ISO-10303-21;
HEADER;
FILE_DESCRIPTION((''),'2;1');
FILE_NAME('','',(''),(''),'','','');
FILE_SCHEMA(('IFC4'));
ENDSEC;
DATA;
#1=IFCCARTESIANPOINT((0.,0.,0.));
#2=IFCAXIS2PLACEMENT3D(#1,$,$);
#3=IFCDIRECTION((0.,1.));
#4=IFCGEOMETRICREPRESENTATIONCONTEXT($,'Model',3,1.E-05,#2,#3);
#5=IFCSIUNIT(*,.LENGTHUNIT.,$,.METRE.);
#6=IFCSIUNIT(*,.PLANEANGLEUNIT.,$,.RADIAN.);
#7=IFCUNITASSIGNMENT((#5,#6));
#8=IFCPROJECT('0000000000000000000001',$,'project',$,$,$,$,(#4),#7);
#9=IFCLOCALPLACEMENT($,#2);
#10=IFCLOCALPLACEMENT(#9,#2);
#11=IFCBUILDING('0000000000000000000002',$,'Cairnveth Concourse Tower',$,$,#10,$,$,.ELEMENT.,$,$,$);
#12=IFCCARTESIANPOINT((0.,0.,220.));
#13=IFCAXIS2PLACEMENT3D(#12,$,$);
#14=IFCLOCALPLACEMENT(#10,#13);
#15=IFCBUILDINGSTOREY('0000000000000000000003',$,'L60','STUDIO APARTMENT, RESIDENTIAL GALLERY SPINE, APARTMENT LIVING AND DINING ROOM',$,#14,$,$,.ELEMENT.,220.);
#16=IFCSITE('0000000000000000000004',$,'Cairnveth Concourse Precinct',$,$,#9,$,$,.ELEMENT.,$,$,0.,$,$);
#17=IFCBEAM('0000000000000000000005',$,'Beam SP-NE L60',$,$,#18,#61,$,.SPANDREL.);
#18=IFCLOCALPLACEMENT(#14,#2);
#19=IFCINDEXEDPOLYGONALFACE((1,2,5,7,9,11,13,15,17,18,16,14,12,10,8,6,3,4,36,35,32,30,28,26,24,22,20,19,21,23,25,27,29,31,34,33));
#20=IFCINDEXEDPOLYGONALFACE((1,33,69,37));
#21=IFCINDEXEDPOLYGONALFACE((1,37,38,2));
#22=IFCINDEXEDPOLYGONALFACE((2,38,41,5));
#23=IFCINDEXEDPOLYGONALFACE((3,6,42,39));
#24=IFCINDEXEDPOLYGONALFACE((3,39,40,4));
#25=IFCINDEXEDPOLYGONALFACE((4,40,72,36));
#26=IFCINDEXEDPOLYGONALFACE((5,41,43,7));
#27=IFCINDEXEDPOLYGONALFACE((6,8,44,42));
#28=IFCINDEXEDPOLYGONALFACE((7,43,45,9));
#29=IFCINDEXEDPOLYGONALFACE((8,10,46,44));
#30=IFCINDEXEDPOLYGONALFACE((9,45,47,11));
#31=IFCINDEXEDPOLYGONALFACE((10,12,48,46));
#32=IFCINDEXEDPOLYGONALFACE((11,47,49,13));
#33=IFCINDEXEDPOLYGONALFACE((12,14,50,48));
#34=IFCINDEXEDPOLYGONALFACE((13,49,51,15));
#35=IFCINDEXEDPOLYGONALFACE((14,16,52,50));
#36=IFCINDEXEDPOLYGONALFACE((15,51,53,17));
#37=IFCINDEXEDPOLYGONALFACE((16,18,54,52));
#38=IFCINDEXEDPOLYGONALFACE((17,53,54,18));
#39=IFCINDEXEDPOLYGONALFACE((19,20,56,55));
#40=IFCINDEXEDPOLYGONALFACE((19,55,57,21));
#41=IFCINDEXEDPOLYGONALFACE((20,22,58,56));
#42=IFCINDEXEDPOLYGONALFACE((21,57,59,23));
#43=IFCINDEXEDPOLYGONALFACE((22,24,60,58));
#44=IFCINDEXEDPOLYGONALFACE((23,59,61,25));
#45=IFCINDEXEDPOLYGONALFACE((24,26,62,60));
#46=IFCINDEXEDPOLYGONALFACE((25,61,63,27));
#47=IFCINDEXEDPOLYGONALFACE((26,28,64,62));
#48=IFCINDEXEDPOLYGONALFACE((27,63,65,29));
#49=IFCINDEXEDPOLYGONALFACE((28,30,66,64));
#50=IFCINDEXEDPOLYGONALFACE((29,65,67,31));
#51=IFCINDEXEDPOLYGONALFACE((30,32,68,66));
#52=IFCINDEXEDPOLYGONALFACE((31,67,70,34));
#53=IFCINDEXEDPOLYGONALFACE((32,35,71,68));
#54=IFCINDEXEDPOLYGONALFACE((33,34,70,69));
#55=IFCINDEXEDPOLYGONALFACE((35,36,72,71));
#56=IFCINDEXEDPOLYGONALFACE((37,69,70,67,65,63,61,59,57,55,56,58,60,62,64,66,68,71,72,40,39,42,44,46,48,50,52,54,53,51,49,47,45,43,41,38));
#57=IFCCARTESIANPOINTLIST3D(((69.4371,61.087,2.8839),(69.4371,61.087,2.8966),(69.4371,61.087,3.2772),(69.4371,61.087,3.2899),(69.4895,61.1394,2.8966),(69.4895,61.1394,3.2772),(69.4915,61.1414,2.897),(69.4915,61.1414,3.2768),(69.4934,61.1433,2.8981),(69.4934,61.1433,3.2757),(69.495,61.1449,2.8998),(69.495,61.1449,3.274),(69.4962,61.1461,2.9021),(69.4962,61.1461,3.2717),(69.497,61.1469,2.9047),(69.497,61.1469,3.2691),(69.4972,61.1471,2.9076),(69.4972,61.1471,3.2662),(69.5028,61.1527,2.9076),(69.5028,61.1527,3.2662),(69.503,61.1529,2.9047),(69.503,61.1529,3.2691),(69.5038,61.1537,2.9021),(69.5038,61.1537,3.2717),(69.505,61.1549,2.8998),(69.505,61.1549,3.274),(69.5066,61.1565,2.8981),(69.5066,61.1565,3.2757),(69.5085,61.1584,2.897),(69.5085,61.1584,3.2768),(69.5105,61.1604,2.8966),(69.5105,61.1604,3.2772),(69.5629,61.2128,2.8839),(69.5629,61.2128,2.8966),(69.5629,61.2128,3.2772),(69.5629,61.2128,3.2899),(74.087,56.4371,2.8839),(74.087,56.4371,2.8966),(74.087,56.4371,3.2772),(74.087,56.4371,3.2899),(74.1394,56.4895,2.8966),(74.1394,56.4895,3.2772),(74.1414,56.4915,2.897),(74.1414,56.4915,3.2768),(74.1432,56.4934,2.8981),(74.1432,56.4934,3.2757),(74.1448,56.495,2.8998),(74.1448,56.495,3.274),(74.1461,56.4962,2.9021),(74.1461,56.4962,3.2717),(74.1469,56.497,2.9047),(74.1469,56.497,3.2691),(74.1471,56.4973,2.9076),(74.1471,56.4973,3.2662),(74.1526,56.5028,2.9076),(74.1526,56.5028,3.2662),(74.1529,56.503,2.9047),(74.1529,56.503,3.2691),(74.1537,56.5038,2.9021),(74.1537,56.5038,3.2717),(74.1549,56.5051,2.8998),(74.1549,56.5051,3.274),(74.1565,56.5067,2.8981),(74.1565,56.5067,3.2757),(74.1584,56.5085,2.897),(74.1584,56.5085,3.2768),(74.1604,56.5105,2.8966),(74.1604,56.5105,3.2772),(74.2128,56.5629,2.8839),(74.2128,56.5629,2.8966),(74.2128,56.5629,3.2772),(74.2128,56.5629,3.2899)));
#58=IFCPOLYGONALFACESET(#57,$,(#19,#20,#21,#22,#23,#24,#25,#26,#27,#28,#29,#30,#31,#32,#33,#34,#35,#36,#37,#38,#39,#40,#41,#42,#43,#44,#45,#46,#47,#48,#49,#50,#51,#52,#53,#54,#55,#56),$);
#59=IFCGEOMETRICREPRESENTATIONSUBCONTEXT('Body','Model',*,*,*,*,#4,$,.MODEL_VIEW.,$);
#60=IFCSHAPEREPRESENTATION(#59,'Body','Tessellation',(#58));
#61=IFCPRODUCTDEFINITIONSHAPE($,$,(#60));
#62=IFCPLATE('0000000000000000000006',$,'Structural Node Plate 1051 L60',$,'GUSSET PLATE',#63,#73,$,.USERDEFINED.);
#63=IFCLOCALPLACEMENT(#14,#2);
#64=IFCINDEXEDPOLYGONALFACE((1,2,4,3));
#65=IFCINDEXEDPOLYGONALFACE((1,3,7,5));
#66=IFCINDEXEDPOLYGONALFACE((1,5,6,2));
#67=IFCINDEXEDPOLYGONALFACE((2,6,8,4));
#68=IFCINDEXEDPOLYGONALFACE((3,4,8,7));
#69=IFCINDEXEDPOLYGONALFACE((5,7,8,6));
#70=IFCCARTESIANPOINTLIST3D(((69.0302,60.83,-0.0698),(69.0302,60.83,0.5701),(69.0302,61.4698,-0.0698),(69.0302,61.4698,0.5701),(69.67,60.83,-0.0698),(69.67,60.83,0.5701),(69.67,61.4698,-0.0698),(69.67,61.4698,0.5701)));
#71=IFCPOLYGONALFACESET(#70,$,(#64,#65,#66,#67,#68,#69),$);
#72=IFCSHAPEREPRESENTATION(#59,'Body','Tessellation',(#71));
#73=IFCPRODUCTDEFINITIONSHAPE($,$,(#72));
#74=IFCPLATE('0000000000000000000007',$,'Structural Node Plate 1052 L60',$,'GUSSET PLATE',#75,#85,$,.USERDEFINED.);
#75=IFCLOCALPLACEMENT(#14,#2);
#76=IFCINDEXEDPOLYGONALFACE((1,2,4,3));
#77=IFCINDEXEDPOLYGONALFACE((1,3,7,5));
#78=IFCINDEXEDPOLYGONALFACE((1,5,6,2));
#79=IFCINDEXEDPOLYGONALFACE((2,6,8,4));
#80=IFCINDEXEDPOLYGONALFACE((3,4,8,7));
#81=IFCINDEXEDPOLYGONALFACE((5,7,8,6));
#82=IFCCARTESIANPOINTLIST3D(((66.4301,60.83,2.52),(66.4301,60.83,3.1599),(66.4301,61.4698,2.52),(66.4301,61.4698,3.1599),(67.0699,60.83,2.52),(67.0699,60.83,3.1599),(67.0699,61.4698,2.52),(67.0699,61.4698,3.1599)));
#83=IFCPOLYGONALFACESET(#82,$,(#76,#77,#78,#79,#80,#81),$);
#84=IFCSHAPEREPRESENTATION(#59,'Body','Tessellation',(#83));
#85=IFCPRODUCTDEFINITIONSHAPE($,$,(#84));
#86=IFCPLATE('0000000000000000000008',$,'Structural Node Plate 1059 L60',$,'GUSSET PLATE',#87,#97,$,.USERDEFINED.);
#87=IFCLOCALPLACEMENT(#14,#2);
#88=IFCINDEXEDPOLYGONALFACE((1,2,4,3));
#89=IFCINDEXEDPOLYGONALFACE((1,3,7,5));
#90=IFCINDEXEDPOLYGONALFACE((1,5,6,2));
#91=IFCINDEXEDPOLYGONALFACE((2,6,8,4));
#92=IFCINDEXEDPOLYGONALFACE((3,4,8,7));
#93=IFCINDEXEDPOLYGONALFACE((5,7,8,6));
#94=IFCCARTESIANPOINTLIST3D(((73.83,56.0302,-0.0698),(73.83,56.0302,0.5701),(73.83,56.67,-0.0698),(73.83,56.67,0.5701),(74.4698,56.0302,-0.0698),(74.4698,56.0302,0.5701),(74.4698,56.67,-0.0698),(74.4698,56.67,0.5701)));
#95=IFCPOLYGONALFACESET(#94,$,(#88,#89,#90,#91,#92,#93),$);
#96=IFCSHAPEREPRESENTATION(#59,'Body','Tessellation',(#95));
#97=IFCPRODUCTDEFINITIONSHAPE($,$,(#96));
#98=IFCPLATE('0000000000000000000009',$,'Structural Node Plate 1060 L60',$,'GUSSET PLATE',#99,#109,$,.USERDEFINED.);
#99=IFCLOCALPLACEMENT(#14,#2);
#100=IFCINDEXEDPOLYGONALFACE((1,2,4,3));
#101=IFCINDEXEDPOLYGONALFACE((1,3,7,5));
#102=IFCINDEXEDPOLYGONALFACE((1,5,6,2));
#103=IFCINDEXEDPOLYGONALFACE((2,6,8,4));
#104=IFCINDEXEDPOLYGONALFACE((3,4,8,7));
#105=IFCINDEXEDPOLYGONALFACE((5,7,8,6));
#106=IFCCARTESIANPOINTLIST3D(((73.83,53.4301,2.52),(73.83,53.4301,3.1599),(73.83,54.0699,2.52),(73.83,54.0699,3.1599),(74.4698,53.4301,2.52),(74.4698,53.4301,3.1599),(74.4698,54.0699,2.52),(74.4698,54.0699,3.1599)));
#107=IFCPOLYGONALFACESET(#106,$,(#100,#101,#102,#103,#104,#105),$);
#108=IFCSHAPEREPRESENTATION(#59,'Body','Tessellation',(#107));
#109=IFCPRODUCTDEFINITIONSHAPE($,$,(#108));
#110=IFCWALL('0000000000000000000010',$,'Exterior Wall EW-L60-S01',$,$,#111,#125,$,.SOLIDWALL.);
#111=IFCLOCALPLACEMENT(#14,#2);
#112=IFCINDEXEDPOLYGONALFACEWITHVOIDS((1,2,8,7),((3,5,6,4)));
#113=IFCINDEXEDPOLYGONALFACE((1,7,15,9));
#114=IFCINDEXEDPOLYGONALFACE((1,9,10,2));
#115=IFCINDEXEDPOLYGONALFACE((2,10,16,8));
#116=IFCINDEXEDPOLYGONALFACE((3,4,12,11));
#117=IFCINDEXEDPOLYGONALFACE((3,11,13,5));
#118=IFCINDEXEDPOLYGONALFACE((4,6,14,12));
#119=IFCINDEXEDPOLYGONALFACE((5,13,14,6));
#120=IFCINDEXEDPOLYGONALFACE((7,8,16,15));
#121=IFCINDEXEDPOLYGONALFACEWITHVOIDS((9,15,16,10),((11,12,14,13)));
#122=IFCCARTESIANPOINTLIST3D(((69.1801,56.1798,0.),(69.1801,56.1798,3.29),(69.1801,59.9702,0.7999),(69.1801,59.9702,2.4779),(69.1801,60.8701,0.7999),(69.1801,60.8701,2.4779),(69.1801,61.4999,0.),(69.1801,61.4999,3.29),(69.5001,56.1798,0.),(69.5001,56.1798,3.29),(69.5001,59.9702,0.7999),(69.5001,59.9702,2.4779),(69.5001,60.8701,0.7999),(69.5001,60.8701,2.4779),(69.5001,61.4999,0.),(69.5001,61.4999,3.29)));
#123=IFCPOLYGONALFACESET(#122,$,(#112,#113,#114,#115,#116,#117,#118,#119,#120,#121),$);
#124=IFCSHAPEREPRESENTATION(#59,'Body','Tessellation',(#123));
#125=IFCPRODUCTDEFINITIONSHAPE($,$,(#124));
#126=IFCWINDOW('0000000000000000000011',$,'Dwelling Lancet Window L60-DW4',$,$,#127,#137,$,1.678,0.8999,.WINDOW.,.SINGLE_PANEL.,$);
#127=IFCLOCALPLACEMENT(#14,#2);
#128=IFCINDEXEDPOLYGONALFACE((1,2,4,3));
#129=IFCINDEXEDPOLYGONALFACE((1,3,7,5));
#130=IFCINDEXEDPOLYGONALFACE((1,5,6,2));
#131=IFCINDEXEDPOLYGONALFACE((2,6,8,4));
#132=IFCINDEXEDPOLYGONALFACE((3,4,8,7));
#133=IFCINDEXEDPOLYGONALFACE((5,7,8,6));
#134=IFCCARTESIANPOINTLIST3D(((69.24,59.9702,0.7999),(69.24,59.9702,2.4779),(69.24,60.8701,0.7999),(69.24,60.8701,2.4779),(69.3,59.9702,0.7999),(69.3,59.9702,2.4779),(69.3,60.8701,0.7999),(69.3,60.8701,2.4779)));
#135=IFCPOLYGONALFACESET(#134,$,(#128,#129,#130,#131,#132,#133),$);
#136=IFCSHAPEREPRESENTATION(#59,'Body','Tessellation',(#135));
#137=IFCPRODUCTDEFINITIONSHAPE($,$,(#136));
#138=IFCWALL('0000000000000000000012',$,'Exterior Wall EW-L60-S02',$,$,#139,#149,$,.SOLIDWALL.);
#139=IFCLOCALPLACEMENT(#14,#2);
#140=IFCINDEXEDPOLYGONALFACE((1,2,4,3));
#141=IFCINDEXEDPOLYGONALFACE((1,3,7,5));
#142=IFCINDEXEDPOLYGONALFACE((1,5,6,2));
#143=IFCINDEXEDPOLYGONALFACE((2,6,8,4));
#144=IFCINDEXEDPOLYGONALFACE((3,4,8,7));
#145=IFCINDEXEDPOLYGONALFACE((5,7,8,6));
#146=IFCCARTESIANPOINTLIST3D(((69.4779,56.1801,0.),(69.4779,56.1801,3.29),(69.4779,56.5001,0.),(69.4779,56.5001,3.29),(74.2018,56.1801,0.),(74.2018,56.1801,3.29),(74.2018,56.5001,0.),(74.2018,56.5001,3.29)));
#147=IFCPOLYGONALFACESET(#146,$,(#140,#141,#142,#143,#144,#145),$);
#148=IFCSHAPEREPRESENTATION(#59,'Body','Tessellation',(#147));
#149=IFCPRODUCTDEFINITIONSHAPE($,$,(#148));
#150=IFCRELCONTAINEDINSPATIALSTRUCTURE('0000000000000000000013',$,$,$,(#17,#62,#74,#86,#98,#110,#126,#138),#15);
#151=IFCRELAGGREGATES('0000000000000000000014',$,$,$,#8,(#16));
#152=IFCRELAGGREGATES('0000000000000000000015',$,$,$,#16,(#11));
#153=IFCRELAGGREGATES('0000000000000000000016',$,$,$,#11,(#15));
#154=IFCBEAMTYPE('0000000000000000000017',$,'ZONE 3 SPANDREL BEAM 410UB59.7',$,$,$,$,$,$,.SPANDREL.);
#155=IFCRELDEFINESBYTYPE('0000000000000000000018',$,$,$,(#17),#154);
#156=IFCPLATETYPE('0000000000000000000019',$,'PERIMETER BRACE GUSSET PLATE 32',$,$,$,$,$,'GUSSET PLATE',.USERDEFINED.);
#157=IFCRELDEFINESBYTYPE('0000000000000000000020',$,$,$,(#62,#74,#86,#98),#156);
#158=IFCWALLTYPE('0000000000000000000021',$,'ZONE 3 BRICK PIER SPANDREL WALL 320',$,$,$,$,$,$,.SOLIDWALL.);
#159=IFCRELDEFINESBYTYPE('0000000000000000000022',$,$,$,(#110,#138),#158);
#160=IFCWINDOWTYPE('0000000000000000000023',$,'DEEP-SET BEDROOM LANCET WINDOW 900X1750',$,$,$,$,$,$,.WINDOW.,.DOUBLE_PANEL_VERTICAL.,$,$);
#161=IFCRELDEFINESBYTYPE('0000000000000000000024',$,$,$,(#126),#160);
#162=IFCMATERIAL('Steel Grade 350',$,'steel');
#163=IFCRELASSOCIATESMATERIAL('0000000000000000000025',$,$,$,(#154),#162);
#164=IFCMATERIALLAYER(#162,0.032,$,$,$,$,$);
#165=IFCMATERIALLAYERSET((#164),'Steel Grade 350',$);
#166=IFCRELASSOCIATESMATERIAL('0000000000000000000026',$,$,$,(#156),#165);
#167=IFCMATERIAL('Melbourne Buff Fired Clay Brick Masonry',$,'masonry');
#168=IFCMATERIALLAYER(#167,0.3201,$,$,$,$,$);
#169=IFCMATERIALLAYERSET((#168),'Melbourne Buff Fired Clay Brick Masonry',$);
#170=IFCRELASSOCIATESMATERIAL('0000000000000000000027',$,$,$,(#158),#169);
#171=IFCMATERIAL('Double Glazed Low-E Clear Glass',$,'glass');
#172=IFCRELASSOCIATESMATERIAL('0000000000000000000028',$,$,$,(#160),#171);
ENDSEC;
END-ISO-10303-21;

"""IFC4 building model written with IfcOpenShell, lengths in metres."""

from ifc_helpers import new_model, si_unit, direction, frame, frame_2d, origin, origin_2d, place, context, subcontext, project, spatial, rectangle, i_section, extrude, material, layer, layer_set, material_profile, profile_set, type_object, element, fill, save


model = new_model("IFC4")

# Units and contexts
model_context = context("Model", 3, precision=1e-05, world=origin(), true_north=direction((0.0, 1.0)))
body_context = subcontext(model_context, "Body", "Model", "MODEL_VIEW")
ifc_project = project(units=[si_unit("LENGTHUNIT", "METRE"), si_unit("PLANEANGLEUNIT", "RADIAN")], contexts=[model_context])

# Site, building, storey
site_placement = place(None, origin())
site = spatial("IfcSite", under=ifc_project, at=site_placement, Name="Cairnveth Concourse Precinct", CompositionType="ELEMENT", RefElevation=0.0)
building_placement = place(site_placement, origin())
building = spatial("IfcBuilding", under=site, at=building_placement, Name="Cairnveth Concourse Tower", CompositionType="ELEMENT")
storey_placement = place(building_placement, frame((0.0, 0.0, 220.0)))
storey = spatial("IfcBuildingStorey", under=building, at=storey_placement, Name="L60", Description="STUDIO APARTMENT, RESIDENTIAL GALLERY SPINE, APARTMENT LIVING AND DINING ROOM", CompositionType="ELEMENT", Elevation=220.0)

# Shared definitions
ifc_material_1 = material(Name="Steel Grade 350", Category="steel")

# Beam
ifc_material_profile_1 = material_profile(ifc_material_1, i_section(OverallWidth=0.178, OverallDepth=0.406, WebThickness=0.0078, FlangeThickness=0.0127, FilletRadius=0.011, at=origin_2d()), Name="410UB59.7")
ifc_profile_set_1 = profile_set([ifc_material_profile_1], Name="Steel Grade 350")
beam_type_1 = type_object("IfcBeamType", Name="ZONE 3 SPANDREL BEAM 410UB59.7", PredefinedType="SPANDREL", material=ifc_profile_set_1)
beam_1_placement = place(storey_placement, frame((69.5, 61.1499, 3.0869), z_axis=(0.707107, -0.707107, 0.0), x_axis=(0.707107, 0.707107, 0.0)))
element("IfcBeam", 1, at=beam_1_placement, inside=storey, type_object=beam_type_1, Name="Beam SP-NE L60", PredefinedType="SPANDREL", context=body_context, shape_type="SweptSolid", body=[
    extrude(i_section(OverallWidth=0.178, OverallDepth=0.406, WebThickness=0.0078, FlangeThickness=0.0127, FilletRadius=0.011, at=origin_2d()), origin(), (0.0, 0.0, 1.0), 6.5759),
])

# Plates
ifc_layer_1 = layer(ifc_material_1, 0.032)
ifc_layer_set_1 = layer_set([ifc_layer_1], Name="Steel Grade 350")
plate_type = type_object("IfcPlateType", Name="PERIMETER BRACE GUSSET PLATE 32", ElementType="GUSSET PLATE", PredefinedType="USERDEFINED", material=ifc_layer_set_1)
for number, where, z_axis, x_axis, name in (
    (2, (69.3501, 61.1499, -0.0698), (0.0, 0.0, 1.0), (1.0, 0.0, 0.0), "Structural Node Plate 1051 L60"),
    (3, (66.75, 61.1499, 2.52), (0.0, 0.0, 1.0), (1.0, 0.0, 0.0), "Structural Node Plate 1052 L60"),
    (4, (74.1499, 56.3501, -0.0698), (0.0, 0.0, 1.0), (1.0, 0.0, 0.0), "Structural Node Plate 1059 L60"),
    (5, (74.1499, 53.75, 2.52), (0.0, 0.0, 1.0), (1.0, 0.0, 0.0), "Structural Node Plate 1060 L60"),
):
    element("IfcPlate", number, at=place(storey_placement, frame(where, z_axis=z_axis, x_axis=x_axis)), inside=storey, type_object=plate_type, Name=name, ObjectType="GUSSET PLATE", PredefinedType="USERDEFINED", context=body_context, shape_type="SweptSolid", body=[
        extrude(rectangle(XDim=0.6399, YDim=0.6399, at=origin_2d()), origin(), (0.0, 0.0, 1.0), 0.6399),
    ])

# Wall, opening, window
ifc_material_2 = material(Name="Melbourne Buff Fired Clay Brick Masonry", Category="masonry")
ifc_layer_2 = layer(ifc_material_2, 0.3201)
ifc_layer_set_2 = layer_set([ifc_layer_2], Name="Melbourne Buff Fired Clay Brick Masonry")
wall_type = type_object("IfcWallType", Name="ZONE 3 BRICK PIER SPANDREL WALL 320", PredefinedType="SOLIDWALL", material=ifc_layer_set_2)
wall_1_placement = place(storey_placement, frame((69.3401, 61.5, 0.0), z_axis=(0.0, 0.0, 1.0), x_axis=(0.0, -1.0, 0.0)))
wall_1 = element("IfcWall", 6, at=wall_1_placement, inside=storey, type_object=wall_type, Name="Exterior Wall EW-L60-S01", PredefinedType="SOLIDWALL", context=body_context, shape_type="SweptSolid", body=[
    extrude(rectangle(XDim=5.3201, YDim=0.3201, at=frame_2d((2.6602, 0.0))), origin(), (0.0, 0.0, 1.0), 3.29),
])
opening_1_placement = place(wall_1_placement, frame((0.6299, 0.0, 0.8)))
opening_1 = element("IfcOpeningElement", 7, at=opening_1_placement, cuts=wall_1, PredefinedType="OPENING", context=body_context, shape_type="SweptSolid", body=[
    extrude(rectangle(XDim=0.8999, YDim=1.678, at=frame_2d((0.45, 0.8389))), frame((0.0, 0.1699, 0.0), z_axis=(0.0, -1.0, 0.0), x_axis=(1.0, 0.0, 0.0)), (0.0, 0.0, 1.0), 0.3401),
])
ifc_material_3 = material(Name="Double Glazed Low-E Clear Glass", Category="glass")
window_type_1 = type_object("IfcWindowType", Name="DEEP-SET BEDROOM LANCET WINDOW 900X1750", PartitioningType="DOUBLE_PANEL_VERTICAL", PredefinedType="WINDOW", material=ifc_material_3)
window_1_placement = place(opening_1_placement, origin())
window_1 = element("IfcWindow", 8, at=window_1_placement, inside=storey, type_object=window_type_1, Name="Dwelling Lancet Window L60-DW4", OverallHeight=1.678, OverallWidth=0.8999, PartitioningType="SINGLE_PANEL", PredefinedType="WINDOW", context=body_context, shape_type="SweptSolid", body=[
    extrude(rectangle(XDim=0.8999, YDim=1.678, at=frame_2d((0.45, 0.8389))), frame((0.0, -0.04, 0.0), z_axis=(0.0, -1.0, 0.0), x_axis=(1.0, 0.0, 0.0)), (0.0, 0.0, 1.0), 0.0601),
])
fill(opening_1, window_1)

# Wall
wall_2_placement = place(storey_placement, frame((69.478, 56.3401, 0.0), z_axis=(0.0, 0.0, 1.0), x_axis=(1.0, 0.0, 0.0)))
element("IfcWall", 9, at=wall_2_placement, inside=storey, type_object=wall_type, Name="Exterior Wall EW-L60-S02", PredefinedType="SOLIDWALL", context=body_context, shape_type="SweptSolid", body=[
    extrude(rectangle(XDim=4.7239, YDim=0.3201, at=frame_2d((2.3618, 0.0))), origin(), (0.0, 0.0, 1.0), 3.29),
])

save(model, "model.ifc")
